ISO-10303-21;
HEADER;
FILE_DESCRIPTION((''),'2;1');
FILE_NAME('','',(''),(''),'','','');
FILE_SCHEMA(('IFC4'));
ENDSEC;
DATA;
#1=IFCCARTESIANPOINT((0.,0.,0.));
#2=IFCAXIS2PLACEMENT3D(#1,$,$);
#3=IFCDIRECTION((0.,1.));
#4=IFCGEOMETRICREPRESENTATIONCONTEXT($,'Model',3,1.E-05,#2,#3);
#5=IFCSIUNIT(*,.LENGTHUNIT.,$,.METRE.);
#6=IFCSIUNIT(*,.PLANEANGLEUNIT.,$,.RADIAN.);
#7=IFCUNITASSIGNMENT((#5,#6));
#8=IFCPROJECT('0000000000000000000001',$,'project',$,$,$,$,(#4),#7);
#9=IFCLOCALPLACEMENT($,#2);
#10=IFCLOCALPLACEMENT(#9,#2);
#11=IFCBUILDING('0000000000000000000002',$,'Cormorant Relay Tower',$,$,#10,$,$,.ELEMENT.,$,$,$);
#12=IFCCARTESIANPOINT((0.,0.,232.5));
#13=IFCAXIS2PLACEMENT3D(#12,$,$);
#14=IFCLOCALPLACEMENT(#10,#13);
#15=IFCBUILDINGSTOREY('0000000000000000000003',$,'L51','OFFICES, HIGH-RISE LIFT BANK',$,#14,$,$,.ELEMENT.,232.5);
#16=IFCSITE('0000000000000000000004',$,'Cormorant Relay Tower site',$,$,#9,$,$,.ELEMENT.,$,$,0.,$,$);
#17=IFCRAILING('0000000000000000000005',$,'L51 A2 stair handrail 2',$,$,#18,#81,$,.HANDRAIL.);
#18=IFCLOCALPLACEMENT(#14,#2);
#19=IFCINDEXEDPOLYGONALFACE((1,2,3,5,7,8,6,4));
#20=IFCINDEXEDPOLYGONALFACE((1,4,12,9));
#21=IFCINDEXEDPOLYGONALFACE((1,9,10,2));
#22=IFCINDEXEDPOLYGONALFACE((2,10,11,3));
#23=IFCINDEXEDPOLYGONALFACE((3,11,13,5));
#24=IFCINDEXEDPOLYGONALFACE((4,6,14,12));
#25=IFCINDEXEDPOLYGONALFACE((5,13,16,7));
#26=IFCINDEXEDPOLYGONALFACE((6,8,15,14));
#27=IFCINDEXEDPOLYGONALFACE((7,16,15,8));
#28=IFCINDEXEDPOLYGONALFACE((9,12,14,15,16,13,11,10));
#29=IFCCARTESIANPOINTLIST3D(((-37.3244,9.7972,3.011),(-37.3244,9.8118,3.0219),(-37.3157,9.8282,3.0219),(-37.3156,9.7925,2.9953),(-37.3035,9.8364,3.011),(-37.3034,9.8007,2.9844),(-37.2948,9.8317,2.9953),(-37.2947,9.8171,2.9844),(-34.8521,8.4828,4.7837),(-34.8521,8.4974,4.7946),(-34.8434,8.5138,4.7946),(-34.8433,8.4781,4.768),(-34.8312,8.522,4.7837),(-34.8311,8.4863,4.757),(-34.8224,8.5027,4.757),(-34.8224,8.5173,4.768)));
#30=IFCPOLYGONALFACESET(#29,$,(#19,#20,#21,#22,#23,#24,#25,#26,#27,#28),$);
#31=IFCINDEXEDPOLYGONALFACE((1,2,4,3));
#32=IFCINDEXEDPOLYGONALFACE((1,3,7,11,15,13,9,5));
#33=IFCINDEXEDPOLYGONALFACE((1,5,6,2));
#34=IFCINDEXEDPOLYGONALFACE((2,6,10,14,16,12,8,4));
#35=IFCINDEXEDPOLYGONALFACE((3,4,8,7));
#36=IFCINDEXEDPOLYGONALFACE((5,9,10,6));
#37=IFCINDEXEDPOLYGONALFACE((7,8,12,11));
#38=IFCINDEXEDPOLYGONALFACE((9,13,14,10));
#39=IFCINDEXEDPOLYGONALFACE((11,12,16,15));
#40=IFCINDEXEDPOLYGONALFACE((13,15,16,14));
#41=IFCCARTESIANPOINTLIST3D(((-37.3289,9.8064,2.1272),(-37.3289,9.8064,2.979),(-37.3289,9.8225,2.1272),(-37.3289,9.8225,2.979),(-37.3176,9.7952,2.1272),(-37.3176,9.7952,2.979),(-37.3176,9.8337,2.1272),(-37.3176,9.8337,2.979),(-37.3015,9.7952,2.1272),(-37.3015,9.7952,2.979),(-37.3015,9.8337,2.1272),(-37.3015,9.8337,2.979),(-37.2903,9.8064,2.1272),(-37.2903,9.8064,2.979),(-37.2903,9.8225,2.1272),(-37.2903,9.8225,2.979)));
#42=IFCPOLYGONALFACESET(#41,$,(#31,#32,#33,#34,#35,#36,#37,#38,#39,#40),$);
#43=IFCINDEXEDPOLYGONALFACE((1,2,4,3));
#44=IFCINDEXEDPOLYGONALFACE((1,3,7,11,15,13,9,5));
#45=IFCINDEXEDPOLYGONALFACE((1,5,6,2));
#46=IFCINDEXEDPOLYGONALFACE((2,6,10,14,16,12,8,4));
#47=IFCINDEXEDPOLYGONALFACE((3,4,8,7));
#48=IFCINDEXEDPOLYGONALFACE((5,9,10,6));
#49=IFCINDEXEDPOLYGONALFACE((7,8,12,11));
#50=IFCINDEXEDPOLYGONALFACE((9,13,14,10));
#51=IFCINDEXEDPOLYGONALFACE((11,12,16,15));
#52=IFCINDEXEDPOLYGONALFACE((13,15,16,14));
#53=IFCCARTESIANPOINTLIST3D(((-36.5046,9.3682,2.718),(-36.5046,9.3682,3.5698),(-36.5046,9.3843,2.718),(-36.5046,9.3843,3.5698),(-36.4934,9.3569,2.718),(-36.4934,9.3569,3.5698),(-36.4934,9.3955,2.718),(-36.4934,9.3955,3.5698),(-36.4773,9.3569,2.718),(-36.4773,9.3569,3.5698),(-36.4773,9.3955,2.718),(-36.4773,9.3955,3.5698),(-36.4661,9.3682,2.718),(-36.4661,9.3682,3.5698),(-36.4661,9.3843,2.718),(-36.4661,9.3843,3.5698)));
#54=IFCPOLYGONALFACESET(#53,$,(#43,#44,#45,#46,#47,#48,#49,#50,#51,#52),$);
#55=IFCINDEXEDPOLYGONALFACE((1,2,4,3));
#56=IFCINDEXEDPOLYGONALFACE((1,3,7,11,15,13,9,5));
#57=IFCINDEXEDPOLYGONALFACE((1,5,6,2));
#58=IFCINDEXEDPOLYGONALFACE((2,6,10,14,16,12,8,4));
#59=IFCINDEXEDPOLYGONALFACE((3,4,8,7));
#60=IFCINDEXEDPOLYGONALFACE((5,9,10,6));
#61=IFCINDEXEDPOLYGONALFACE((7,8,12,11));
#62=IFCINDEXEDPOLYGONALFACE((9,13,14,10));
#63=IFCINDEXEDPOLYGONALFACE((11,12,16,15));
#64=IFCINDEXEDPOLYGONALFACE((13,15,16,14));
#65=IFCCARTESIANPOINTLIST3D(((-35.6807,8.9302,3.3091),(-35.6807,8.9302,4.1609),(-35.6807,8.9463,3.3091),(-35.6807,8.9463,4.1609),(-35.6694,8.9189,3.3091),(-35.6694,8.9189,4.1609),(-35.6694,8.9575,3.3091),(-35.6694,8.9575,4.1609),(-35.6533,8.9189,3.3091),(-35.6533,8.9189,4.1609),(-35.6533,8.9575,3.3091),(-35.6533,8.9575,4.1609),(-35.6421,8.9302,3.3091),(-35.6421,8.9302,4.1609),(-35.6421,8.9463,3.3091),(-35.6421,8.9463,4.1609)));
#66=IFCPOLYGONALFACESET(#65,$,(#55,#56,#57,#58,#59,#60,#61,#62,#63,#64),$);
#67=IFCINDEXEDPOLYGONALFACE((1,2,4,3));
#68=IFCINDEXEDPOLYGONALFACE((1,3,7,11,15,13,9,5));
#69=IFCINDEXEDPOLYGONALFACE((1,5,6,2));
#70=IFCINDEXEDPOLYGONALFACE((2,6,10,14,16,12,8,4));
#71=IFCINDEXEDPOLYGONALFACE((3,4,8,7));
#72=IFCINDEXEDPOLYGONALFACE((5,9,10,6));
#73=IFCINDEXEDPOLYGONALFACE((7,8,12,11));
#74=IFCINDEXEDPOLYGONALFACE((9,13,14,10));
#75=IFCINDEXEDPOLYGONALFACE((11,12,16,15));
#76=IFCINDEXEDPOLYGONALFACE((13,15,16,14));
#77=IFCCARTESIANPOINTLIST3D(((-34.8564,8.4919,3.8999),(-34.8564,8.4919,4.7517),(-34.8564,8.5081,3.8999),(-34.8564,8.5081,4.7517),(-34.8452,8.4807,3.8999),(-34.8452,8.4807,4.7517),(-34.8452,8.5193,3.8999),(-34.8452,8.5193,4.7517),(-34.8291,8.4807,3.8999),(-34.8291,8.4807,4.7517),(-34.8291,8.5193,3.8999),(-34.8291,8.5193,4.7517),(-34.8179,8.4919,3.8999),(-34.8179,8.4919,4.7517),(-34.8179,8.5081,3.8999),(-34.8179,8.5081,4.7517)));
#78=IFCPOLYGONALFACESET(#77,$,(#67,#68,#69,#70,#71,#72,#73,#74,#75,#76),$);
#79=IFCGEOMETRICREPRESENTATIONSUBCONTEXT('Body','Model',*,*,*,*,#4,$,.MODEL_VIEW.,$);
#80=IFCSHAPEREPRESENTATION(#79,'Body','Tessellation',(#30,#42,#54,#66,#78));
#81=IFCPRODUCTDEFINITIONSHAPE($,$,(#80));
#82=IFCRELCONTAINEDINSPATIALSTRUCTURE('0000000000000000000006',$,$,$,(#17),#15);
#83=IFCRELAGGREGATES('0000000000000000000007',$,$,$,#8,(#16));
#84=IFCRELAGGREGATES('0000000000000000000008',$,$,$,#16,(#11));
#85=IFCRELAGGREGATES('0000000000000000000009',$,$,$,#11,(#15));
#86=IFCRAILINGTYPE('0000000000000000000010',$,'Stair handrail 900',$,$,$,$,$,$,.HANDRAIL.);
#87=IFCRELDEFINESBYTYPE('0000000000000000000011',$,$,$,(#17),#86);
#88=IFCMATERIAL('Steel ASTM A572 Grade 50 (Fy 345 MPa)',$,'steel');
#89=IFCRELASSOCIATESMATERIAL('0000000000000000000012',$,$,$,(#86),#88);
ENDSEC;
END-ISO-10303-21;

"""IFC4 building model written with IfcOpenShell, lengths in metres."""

from ifc_helpers import new_model, si_unit, direction, frame, origin, place, context, subcontext, project, spatial, polyline, outline, extrude, material, type_object, element, save


model = new_model("IFC4")

# Units and contexts
model_context = context("Model", 3, precision=1e-05, world=origin(), true_north=direction((0.0, 1.0)))
body_context = subcontext(model_context, "Body", "Model", "MODEL_VIEW")
ifc_project = project(units=[si_unit("LENGTHUNIT", "METRE"), si_unit("PLANEANGLEUNIT", "RADIAN")], contexts=[model_context])

# Site, building, storey
site_placement = place(None, origin())
site = spatial("IfcSite", under=ifc_project, at=site_placement, Name="Cormorant Relay Tower site", CompositionType="ELEMENT", RefElevation=0.0)
building_placement = place(site_placement, origin())
building = spatial("IfcBuilding", under=site, at=building_placement, Name="Cormorant Relay Tower", CompositionType="ELEMENT")
storey_placement = place(building_placement, frame((0.0, 0.0, 232.5)))
storey = spatial("IfcBuildingStorey", under=building, at=storey_placement, Name="L51", Description="OFFICES, HIGH-RISE LIFT BANK", CompositionType="ELEMENT", Elevation=232.5)

# Railing
ifc_material_1 = material(Name="Steel ASTM A572 Grade 50 (Fy 345 MPa)", Category="steel")
railing_type_1 = type_object("IfcRailingType", Name="Stair handrail 900", PredefinedType="HANDRAIL", material=ifc_material_1)
railing_1_placement = place(storey_placement, frame((-37.3096, 9.8145, 2.1272)))
element("IfcRailing", 1, at=railing_1_placement, inside=storey, type_object=railing_type_1, Name="L51 A2 stair handrail 2", PredefinedType="HANDRAIL", context=body_context, shape_type="SweptSolid", body=[
    extrude(outline(polyline([(0.0222, 0.0093), (0.0093, 0.0222), (-0.0093, 0.0222), (-0.0222, 0.0093), (-0.0222, -0.0093), (-0.0093, -0.0222), (0.0093, -0.0222), (0.0222, -0.0093), (0.0222, 0.0093)])), frame((0.0, 0.0, 0.876), z_axis=(0.746034, -0.396627, 0.534902), x_axis=(0.469429, 0.88297, 0.0)), (0.0, 0.0, 1.0), 3.314),
    extrude(outline(polyline([(0.0193, 0.0081), (0.0081, 0.0193), (-0.0081, 0.0193), (-0.0193, 0.0081), (-0.0193, -0.0081), (-0.0081, -0.0193), (0.0081, -0.0193), (0.0193, -0.0081), (0.0193, 0.0081)])), origin(), (0.0, 0.0, 1.0), 0.8518),
    extrude(outline(polyline([(0.0193, 0.0081), (0.0081, 0.0193), (-0.0081, 0.0193), (-0.0193, 0.0081), (-0.0193, -0.0081), (-0.0081, -0.0193), (0.0081, -0.0193), (0.0193, -0.0081), (0.0193, 0.0081)])), frame((0.8242, -0.4382, 0.5908)), (0.0, 0.0, 1.0), 0.8518),
    extrude(outline(polyline([(0.0193, 0.0081), (0.0081, 0.0193), (-0.0081, 0.0193), (-0.0193, 0.0081), (-0.0193, -0.0081), (-0.0081, -0.0193), (0.0081, -0.0193), (0.0193, -0.0081), (0.0193, 0.0081)])), frame((1.6482, -0.8762, 1.1819)), (0.0, 0.0, 1.0), 0.8518),
    extrude(outline(polyline([(0.0193, 0.0081), (0.0081, 0.0193), (-0.0081, 0.0193), (-0.0193, 0.0081), (-0.0193, -0.0081), (-0.0081, -0.0193), (0.0081, -0.0193), (0.0193, -0.0081), (0.0193, 0.0081)])), frame((2.4724, -1.3145, 1.7727)), (0.0, 0.0, 1.0), 0.8518),
])

save(model, "model.ifc")
